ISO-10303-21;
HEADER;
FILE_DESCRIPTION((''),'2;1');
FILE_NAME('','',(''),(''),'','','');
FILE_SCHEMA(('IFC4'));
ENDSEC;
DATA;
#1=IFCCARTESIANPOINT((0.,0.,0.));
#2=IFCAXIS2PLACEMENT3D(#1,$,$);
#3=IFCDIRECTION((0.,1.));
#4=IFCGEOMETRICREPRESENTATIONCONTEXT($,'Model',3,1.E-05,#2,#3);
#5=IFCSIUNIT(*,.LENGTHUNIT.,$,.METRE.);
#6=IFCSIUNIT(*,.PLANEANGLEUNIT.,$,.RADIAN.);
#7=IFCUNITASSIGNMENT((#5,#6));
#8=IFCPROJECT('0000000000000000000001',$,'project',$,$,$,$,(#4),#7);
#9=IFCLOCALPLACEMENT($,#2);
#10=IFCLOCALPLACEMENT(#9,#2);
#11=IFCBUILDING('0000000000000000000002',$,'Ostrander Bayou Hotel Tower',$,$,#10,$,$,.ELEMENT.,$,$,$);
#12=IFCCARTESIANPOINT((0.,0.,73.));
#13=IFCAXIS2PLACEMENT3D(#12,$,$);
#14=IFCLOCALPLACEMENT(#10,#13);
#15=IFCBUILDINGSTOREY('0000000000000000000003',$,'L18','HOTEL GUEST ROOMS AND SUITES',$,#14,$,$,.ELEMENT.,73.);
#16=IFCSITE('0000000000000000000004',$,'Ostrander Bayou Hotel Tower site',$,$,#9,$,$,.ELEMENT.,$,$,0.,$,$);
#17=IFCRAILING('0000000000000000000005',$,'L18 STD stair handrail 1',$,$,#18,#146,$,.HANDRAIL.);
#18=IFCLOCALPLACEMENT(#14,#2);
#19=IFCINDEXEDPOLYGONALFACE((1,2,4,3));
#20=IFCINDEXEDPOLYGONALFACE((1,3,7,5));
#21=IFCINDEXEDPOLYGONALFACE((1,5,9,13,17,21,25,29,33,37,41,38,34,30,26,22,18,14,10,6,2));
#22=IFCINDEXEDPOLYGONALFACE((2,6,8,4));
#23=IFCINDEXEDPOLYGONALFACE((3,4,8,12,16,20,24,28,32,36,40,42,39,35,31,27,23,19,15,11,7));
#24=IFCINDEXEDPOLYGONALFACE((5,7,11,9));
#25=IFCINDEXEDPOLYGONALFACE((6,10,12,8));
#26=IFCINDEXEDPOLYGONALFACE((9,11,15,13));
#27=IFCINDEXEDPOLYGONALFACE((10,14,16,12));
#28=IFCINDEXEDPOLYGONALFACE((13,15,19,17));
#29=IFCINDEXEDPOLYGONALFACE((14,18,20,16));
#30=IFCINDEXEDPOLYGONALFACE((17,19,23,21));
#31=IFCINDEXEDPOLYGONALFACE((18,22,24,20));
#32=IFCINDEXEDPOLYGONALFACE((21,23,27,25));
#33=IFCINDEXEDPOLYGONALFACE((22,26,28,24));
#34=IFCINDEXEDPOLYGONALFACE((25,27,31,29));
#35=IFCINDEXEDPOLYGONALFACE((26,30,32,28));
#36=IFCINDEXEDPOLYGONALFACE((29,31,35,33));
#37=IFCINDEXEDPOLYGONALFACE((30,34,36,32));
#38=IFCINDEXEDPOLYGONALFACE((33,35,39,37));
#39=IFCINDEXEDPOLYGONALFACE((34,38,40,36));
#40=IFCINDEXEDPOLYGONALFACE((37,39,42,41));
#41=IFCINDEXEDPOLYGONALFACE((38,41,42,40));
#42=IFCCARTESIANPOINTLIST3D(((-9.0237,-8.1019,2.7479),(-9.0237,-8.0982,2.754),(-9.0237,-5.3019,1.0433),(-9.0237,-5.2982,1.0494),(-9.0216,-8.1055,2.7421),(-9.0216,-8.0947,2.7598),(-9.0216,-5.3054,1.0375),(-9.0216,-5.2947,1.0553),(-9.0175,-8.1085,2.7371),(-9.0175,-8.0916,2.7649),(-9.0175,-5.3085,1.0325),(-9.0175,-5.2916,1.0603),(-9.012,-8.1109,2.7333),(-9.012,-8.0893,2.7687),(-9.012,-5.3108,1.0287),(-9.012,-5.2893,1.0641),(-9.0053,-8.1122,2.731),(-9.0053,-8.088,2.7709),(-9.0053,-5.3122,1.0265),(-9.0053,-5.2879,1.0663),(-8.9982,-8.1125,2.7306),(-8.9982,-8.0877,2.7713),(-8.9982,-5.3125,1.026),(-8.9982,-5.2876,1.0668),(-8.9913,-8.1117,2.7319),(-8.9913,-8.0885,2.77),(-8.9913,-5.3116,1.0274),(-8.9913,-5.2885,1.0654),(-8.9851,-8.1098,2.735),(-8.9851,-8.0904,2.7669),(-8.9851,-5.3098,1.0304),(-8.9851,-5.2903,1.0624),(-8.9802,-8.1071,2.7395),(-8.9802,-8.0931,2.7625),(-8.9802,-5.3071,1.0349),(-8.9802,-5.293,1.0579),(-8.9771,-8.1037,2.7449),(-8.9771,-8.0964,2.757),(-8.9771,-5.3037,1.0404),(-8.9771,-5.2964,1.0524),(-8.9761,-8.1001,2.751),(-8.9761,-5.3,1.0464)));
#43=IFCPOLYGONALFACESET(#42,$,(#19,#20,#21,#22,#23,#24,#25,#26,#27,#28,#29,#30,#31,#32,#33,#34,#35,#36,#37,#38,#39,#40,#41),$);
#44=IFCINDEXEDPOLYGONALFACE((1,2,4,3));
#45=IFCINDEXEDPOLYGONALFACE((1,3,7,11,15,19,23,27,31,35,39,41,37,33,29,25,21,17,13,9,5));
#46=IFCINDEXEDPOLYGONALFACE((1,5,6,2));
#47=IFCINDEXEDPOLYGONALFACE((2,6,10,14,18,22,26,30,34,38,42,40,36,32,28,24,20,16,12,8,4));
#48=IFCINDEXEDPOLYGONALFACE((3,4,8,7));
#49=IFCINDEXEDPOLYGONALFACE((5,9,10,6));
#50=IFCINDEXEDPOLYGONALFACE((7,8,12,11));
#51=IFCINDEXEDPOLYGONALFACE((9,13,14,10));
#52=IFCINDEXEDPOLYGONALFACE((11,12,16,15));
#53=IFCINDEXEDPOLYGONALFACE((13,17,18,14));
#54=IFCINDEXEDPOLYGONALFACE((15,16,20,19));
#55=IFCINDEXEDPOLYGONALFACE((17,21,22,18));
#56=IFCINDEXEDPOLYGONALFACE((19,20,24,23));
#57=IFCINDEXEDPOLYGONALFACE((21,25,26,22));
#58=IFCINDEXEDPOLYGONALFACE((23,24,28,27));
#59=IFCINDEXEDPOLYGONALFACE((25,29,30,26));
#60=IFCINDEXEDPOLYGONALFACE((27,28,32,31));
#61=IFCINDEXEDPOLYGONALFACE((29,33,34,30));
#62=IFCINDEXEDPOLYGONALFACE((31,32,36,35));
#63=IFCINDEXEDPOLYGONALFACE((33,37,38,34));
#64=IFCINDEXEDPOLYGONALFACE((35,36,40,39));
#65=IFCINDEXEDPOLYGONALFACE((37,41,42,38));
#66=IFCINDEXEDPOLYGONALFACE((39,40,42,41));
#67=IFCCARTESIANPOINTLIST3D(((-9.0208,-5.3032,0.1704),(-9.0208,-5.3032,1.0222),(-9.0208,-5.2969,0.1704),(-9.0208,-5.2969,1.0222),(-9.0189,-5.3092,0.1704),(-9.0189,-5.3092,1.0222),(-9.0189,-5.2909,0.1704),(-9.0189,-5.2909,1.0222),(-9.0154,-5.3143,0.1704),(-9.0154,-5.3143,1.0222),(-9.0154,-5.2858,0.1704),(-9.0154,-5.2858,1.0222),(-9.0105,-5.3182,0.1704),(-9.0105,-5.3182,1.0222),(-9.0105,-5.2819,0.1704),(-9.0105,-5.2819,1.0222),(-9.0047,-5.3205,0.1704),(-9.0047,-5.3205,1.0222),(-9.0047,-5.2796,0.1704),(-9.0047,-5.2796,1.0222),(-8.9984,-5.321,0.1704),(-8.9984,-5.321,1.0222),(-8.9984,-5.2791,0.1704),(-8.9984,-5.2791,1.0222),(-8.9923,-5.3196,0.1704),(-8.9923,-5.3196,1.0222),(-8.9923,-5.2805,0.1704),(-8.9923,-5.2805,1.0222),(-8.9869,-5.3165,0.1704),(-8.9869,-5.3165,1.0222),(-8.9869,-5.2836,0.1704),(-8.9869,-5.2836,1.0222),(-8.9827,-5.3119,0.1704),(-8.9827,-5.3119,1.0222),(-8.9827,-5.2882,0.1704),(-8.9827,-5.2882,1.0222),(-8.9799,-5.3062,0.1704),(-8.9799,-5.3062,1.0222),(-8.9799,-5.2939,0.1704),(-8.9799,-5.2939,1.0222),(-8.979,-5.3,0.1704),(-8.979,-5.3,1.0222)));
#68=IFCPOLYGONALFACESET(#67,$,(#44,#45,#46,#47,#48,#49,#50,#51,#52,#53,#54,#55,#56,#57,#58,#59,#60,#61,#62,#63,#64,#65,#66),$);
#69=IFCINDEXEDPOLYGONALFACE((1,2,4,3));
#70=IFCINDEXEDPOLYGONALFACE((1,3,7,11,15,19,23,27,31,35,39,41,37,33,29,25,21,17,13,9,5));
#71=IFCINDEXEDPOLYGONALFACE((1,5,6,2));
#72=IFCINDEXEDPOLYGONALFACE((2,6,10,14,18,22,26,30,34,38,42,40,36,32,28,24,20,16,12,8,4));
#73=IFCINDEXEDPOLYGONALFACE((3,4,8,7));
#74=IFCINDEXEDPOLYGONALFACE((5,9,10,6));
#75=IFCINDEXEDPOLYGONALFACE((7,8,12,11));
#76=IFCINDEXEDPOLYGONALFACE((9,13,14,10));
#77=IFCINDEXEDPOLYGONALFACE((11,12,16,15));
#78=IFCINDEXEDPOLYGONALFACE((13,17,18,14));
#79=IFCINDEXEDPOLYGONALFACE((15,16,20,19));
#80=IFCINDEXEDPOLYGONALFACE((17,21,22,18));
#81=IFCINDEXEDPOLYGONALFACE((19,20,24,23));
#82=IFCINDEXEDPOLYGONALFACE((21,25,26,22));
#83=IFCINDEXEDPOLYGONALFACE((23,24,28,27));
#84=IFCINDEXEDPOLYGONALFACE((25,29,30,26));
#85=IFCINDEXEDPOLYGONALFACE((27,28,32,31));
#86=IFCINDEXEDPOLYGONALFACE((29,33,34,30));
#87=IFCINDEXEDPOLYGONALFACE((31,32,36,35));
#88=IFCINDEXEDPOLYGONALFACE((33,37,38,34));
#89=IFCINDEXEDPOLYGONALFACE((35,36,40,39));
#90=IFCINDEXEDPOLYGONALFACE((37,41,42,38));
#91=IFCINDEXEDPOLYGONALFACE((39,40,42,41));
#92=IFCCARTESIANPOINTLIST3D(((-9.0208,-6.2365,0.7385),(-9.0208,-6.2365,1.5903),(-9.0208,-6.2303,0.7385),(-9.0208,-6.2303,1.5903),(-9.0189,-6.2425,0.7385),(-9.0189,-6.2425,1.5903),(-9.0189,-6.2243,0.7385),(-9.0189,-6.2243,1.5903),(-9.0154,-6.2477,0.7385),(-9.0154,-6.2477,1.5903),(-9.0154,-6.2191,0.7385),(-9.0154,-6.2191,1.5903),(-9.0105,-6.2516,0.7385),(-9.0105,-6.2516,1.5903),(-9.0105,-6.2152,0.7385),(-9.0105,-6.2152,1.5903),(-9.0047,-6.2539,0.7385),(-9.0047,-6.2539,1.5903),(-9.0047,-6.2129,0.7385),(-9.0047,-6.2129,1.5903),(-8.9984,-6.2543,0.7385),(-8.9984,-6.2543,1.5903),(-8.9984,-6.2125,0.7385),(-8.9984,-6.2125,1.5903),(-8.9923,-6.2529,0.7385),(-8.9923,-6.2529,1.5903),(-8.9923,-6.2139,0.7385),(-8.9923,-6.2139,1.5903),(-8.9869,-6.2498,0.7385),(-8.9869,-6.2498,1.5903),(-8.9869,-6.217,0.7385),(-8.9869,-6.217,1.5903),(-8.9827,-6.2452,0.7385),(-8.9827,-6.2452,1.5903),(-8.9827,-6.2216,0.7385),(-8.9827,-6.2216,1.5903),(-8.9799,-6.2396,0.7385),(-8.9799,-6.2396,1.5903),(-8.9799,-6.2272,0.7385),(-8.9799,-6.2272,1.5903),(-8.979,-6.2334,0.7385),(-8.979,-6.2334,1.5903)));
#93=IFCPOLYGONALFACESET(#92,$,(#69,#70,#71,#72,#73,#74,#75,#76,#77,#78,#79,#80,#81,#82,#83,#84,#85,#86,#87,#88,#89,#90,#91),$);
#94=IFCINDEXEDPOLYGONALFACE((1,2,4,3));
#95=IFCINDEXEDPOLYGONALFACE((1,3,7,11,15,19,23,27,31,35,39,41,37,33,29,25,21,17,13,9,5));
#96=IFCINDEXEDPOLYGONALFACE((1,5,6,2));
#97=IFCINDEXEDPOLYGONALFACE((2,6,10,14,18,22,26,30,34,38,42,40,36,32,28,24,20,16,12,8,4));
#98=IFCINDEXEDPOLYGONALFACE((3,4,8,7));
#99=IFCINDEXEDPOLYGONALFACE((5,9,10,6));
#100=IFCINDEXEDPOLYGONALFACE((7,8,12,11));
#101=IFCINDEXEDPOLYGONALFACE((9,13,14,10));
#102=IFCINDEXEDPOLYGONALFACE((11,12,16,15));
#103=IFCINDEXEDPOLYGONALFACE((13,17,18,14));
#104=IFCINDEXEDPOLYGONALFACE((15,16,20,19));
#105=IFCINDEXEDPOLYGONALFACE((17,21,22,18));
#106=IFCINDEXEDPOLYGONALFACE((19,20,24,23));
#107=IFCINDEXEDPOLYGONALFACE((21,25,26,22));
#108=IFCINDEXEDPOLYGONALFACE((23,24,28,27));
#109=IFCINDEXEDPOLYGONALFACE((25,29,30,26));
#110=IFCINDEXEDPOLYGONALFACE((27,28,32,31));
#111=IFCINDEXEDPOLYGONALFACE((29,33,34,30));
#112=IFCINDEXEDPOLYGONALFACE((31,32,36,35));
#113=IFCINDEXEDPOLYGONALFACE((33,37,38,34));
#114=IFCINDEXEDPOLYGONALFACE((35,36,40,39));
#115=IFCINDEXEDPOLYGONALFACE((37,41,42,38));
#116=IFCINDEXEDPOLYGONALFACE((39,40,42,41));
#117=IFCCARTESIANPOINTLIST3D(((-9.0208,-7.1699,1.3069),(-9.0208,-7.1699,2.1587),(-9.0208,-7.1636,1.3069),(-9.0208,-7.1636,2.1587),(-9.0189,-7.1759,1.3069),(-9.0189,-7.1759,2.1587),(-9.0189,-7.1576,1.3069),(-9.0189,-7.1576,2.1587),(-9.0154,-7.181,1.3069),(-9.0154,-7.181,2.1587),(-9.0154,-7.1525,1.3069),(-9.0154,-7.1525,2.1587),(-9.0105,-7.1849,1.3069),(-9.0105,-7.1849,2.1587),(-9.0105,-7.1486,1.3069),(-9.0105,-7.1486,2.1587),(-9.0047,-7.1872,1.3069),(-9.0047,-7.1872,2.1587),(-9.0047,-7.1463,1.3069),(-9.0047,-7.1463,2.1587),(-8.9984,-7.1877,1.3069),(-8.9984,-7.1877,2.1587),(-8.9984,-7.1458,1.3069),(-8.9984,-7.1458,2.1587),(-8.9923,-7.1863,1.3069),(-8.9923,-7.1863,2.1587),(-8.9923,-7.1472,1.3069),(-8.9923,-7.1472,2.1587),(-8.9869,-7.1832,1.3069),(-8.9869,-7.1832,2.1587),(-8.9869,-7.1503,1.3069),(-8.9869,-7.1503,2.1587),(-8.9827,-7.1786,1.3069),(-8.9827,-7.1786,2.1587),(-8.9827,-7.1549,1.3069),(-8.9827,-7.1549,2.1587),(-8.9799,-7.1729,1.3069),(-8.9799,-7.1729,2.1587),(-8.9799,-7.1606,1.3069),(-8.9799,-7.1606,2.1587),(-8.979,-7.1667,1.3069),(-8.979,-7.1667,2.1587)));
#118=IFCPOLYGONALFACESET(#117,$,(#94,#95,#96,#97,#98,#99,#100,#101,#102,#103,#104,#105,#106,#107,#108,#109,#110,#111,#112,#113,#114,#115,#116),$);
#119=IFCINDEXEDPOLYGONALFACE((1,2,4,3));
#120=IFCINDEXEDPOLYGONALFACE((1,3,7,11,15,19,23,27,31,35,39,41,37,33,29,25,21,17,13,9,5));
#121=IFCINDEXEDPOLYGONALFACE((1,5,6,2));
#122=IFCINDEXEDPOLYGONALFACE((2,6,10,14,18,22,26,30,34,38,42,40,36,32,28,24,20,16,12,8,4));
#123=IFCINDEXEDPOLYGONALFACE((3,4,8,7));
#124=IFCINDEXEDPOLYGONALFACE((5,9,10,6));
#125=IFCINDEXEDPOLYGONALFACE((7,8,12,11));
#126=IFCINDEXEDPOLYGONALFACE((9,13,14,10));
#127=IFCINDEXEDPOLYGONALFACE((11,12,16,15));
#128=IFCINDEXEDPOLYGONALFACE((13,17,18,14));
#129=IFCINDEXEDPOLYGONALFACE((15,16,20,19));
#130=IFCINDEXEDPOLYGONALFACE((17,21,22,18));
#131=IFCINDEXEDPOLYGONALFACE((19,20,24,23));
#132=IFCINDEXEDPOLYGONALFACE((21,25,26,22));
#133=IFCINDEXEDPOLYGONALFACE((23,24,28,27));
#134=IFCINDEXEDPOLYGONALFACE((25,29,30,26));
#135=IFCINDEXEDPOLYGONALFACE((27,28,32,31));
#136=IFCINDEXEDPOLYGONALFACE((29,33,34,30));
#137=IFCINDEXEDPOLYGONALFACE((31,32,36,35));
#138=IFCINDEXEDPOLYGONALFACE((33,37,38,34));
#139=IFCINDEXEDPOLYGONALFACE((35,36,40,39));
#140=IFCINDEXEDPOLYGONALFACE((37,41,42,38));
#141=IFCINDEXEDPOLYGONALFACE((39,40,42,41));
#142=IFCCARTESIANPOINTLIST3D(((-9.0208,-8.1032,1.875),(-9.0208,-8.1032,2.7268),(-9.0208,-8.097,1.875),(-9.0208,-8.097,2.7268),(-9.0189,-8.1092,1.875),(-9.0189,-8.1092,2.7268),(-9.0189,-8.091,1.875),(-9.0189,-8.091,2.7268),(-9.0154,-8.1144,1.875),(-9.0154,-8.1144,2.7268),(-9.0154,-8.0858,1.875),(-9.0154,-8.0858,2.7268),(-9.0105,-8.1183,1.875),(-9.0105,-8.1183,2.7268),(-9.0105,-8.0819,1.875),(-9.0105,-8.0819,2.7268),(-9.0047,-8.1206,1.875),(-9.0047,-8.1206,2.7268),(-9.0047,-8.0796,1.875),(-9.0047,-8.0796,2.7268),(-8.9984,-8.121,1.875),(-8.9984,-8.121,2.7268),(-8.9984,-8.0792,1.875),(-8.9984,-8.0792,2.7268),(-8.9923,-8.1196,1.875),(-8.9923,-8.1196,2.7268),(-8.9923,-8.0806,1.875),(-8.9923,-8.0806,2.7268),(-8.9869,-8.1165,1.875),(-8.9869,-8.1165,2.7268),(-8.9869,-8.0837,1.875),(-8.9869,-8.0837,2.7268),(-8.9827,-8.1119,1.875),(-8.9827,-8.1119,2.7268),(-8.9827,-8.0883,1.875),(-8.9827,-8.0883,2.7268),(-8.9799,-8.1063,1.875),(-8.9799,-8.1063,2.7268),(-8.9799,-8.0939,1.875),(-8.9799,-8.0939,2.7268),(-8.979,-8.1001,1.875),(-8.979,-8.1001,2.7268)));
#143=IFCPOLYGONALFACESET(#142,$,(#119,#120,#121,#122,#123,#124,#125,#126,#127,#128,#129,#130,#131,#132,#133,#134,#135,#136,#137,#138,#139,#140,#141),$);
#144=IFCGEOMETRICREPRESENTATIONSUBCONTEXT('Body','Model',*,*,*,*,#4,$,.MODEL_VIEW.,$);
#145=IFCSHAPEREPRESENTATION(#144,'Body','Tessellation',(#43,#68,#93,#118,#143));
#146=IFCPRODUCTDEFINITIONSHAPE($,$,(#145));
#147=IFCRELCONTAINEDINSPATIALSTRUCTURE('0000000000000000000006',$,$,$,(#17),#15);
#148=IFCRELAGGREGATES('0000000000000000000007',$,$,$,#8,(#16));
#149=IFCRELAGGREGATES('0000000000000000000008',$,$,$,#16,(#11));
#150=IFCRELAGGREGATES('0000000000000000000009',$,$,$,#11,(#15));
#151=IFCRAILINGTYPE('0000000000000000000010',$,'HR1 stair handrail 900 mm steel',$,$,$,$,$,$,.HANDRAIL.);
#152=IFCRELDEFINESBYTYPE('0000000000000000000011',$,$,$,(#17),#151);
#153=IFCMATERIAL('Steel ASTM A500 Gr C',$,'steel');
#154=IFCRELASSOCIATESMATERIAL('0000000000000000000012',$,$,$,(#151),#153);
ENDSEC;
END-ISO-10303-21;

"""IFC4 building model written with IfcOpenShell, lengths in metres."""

from ifc_helpers import new_model, si_unit, direction, frame, origin, origin_2d, place, context, subcontext, project, spatial, circle, extrude, material, type_object, element, save


model = new_model("IFC4")

# Units and contexts
model_context = context("Model", 3, precision=1e-05, world=origin(), true_north=direction((0.0, 1.0)))
body_context = subcontext(model_context, "Body", "Model", "MODEL_VIEW")
ifc_project = project(units=[si_unit("LENGTHUNIT", "METRE"), si_unit("PLANEANGLEUNIT", "RADIAN")], contexts=[model_context])

# Site, building, storey
site_placement = place(None, origin())
site = spatial("IfcSite", under=ifc_project, at=site_placement, Name="Ostrander Bayou Hotel Tower site", CompositionType="ELEMENT", RefElevation=0.0)
building_placement = place(site_placement, origin())
building = spatial("IfcBuilding", under=site, at=building_placement, Name="Ostrander Bayou Hotel Tower", CompositionType="ELEMENT")
storey_placement = place(building_placement, frame((0.0, 0.0, 73.0)))
storey = spatial("IfcBuildingStorey", under=building, at=storey_placement, Name="L18", Description="HOTEL GUEST ROOMS AND SUITES", CompositionType="ELEMENT", Elevation=73.0)

# Railing
ifc_material_1 = material(Name="Steel ASTM A500 Gr C", Category="steel")
railing_type_1 = type_object("IfcRailingType", Name="HR1 stair handrail 900 mm steel", PredefinedType="HANDRAIL", material=ifc_material_1)
railing_1_placement = place(storey_placement, frame((-9.0, -5.3, 0.1704)))
element("IfcRailing", 1, at=railing_1_placement, inside=storey, type_object=railing_type_1, Name="L18 STD stair handrail 1", PredefinedType="HANDRAIL", context=body_context, shape_type="SweptSolid", body=[
    extrude(circle(Radius=0.0239, at=origin_2d()), frame((0.0, 0.0, 0.876), z_axis=(0.0, -0.85417, 0.519994), x_axis=(1.0, 0.0, 0.0)), (0.0, 0.0, 1.0), 3.2781),
    extrude(circle(Radius=0.021, at=origin_2d()), origin(), (0.0, 0.0, 1.0), 0.8518),
    extrude(circle(Radius=0.021, at=origin_2d()), frame((0.0, -0.9333, 0.5681)), (0.0, 0.0, 1.0), 0.8518),
    extrude(circle(Radius=0.021, at=origin_2d()), frame((0.0, -1.8667, 1.1365)), (0.0, 0.0, 1.0), 0.8518),
    extrude(circle(Radius=0.021, at=origin_2d()), frame((0.0, -2.8, 1.7046)), (0.0, 0.0, 1.0), 0.8518),
])

save(model, "model.ifc")
